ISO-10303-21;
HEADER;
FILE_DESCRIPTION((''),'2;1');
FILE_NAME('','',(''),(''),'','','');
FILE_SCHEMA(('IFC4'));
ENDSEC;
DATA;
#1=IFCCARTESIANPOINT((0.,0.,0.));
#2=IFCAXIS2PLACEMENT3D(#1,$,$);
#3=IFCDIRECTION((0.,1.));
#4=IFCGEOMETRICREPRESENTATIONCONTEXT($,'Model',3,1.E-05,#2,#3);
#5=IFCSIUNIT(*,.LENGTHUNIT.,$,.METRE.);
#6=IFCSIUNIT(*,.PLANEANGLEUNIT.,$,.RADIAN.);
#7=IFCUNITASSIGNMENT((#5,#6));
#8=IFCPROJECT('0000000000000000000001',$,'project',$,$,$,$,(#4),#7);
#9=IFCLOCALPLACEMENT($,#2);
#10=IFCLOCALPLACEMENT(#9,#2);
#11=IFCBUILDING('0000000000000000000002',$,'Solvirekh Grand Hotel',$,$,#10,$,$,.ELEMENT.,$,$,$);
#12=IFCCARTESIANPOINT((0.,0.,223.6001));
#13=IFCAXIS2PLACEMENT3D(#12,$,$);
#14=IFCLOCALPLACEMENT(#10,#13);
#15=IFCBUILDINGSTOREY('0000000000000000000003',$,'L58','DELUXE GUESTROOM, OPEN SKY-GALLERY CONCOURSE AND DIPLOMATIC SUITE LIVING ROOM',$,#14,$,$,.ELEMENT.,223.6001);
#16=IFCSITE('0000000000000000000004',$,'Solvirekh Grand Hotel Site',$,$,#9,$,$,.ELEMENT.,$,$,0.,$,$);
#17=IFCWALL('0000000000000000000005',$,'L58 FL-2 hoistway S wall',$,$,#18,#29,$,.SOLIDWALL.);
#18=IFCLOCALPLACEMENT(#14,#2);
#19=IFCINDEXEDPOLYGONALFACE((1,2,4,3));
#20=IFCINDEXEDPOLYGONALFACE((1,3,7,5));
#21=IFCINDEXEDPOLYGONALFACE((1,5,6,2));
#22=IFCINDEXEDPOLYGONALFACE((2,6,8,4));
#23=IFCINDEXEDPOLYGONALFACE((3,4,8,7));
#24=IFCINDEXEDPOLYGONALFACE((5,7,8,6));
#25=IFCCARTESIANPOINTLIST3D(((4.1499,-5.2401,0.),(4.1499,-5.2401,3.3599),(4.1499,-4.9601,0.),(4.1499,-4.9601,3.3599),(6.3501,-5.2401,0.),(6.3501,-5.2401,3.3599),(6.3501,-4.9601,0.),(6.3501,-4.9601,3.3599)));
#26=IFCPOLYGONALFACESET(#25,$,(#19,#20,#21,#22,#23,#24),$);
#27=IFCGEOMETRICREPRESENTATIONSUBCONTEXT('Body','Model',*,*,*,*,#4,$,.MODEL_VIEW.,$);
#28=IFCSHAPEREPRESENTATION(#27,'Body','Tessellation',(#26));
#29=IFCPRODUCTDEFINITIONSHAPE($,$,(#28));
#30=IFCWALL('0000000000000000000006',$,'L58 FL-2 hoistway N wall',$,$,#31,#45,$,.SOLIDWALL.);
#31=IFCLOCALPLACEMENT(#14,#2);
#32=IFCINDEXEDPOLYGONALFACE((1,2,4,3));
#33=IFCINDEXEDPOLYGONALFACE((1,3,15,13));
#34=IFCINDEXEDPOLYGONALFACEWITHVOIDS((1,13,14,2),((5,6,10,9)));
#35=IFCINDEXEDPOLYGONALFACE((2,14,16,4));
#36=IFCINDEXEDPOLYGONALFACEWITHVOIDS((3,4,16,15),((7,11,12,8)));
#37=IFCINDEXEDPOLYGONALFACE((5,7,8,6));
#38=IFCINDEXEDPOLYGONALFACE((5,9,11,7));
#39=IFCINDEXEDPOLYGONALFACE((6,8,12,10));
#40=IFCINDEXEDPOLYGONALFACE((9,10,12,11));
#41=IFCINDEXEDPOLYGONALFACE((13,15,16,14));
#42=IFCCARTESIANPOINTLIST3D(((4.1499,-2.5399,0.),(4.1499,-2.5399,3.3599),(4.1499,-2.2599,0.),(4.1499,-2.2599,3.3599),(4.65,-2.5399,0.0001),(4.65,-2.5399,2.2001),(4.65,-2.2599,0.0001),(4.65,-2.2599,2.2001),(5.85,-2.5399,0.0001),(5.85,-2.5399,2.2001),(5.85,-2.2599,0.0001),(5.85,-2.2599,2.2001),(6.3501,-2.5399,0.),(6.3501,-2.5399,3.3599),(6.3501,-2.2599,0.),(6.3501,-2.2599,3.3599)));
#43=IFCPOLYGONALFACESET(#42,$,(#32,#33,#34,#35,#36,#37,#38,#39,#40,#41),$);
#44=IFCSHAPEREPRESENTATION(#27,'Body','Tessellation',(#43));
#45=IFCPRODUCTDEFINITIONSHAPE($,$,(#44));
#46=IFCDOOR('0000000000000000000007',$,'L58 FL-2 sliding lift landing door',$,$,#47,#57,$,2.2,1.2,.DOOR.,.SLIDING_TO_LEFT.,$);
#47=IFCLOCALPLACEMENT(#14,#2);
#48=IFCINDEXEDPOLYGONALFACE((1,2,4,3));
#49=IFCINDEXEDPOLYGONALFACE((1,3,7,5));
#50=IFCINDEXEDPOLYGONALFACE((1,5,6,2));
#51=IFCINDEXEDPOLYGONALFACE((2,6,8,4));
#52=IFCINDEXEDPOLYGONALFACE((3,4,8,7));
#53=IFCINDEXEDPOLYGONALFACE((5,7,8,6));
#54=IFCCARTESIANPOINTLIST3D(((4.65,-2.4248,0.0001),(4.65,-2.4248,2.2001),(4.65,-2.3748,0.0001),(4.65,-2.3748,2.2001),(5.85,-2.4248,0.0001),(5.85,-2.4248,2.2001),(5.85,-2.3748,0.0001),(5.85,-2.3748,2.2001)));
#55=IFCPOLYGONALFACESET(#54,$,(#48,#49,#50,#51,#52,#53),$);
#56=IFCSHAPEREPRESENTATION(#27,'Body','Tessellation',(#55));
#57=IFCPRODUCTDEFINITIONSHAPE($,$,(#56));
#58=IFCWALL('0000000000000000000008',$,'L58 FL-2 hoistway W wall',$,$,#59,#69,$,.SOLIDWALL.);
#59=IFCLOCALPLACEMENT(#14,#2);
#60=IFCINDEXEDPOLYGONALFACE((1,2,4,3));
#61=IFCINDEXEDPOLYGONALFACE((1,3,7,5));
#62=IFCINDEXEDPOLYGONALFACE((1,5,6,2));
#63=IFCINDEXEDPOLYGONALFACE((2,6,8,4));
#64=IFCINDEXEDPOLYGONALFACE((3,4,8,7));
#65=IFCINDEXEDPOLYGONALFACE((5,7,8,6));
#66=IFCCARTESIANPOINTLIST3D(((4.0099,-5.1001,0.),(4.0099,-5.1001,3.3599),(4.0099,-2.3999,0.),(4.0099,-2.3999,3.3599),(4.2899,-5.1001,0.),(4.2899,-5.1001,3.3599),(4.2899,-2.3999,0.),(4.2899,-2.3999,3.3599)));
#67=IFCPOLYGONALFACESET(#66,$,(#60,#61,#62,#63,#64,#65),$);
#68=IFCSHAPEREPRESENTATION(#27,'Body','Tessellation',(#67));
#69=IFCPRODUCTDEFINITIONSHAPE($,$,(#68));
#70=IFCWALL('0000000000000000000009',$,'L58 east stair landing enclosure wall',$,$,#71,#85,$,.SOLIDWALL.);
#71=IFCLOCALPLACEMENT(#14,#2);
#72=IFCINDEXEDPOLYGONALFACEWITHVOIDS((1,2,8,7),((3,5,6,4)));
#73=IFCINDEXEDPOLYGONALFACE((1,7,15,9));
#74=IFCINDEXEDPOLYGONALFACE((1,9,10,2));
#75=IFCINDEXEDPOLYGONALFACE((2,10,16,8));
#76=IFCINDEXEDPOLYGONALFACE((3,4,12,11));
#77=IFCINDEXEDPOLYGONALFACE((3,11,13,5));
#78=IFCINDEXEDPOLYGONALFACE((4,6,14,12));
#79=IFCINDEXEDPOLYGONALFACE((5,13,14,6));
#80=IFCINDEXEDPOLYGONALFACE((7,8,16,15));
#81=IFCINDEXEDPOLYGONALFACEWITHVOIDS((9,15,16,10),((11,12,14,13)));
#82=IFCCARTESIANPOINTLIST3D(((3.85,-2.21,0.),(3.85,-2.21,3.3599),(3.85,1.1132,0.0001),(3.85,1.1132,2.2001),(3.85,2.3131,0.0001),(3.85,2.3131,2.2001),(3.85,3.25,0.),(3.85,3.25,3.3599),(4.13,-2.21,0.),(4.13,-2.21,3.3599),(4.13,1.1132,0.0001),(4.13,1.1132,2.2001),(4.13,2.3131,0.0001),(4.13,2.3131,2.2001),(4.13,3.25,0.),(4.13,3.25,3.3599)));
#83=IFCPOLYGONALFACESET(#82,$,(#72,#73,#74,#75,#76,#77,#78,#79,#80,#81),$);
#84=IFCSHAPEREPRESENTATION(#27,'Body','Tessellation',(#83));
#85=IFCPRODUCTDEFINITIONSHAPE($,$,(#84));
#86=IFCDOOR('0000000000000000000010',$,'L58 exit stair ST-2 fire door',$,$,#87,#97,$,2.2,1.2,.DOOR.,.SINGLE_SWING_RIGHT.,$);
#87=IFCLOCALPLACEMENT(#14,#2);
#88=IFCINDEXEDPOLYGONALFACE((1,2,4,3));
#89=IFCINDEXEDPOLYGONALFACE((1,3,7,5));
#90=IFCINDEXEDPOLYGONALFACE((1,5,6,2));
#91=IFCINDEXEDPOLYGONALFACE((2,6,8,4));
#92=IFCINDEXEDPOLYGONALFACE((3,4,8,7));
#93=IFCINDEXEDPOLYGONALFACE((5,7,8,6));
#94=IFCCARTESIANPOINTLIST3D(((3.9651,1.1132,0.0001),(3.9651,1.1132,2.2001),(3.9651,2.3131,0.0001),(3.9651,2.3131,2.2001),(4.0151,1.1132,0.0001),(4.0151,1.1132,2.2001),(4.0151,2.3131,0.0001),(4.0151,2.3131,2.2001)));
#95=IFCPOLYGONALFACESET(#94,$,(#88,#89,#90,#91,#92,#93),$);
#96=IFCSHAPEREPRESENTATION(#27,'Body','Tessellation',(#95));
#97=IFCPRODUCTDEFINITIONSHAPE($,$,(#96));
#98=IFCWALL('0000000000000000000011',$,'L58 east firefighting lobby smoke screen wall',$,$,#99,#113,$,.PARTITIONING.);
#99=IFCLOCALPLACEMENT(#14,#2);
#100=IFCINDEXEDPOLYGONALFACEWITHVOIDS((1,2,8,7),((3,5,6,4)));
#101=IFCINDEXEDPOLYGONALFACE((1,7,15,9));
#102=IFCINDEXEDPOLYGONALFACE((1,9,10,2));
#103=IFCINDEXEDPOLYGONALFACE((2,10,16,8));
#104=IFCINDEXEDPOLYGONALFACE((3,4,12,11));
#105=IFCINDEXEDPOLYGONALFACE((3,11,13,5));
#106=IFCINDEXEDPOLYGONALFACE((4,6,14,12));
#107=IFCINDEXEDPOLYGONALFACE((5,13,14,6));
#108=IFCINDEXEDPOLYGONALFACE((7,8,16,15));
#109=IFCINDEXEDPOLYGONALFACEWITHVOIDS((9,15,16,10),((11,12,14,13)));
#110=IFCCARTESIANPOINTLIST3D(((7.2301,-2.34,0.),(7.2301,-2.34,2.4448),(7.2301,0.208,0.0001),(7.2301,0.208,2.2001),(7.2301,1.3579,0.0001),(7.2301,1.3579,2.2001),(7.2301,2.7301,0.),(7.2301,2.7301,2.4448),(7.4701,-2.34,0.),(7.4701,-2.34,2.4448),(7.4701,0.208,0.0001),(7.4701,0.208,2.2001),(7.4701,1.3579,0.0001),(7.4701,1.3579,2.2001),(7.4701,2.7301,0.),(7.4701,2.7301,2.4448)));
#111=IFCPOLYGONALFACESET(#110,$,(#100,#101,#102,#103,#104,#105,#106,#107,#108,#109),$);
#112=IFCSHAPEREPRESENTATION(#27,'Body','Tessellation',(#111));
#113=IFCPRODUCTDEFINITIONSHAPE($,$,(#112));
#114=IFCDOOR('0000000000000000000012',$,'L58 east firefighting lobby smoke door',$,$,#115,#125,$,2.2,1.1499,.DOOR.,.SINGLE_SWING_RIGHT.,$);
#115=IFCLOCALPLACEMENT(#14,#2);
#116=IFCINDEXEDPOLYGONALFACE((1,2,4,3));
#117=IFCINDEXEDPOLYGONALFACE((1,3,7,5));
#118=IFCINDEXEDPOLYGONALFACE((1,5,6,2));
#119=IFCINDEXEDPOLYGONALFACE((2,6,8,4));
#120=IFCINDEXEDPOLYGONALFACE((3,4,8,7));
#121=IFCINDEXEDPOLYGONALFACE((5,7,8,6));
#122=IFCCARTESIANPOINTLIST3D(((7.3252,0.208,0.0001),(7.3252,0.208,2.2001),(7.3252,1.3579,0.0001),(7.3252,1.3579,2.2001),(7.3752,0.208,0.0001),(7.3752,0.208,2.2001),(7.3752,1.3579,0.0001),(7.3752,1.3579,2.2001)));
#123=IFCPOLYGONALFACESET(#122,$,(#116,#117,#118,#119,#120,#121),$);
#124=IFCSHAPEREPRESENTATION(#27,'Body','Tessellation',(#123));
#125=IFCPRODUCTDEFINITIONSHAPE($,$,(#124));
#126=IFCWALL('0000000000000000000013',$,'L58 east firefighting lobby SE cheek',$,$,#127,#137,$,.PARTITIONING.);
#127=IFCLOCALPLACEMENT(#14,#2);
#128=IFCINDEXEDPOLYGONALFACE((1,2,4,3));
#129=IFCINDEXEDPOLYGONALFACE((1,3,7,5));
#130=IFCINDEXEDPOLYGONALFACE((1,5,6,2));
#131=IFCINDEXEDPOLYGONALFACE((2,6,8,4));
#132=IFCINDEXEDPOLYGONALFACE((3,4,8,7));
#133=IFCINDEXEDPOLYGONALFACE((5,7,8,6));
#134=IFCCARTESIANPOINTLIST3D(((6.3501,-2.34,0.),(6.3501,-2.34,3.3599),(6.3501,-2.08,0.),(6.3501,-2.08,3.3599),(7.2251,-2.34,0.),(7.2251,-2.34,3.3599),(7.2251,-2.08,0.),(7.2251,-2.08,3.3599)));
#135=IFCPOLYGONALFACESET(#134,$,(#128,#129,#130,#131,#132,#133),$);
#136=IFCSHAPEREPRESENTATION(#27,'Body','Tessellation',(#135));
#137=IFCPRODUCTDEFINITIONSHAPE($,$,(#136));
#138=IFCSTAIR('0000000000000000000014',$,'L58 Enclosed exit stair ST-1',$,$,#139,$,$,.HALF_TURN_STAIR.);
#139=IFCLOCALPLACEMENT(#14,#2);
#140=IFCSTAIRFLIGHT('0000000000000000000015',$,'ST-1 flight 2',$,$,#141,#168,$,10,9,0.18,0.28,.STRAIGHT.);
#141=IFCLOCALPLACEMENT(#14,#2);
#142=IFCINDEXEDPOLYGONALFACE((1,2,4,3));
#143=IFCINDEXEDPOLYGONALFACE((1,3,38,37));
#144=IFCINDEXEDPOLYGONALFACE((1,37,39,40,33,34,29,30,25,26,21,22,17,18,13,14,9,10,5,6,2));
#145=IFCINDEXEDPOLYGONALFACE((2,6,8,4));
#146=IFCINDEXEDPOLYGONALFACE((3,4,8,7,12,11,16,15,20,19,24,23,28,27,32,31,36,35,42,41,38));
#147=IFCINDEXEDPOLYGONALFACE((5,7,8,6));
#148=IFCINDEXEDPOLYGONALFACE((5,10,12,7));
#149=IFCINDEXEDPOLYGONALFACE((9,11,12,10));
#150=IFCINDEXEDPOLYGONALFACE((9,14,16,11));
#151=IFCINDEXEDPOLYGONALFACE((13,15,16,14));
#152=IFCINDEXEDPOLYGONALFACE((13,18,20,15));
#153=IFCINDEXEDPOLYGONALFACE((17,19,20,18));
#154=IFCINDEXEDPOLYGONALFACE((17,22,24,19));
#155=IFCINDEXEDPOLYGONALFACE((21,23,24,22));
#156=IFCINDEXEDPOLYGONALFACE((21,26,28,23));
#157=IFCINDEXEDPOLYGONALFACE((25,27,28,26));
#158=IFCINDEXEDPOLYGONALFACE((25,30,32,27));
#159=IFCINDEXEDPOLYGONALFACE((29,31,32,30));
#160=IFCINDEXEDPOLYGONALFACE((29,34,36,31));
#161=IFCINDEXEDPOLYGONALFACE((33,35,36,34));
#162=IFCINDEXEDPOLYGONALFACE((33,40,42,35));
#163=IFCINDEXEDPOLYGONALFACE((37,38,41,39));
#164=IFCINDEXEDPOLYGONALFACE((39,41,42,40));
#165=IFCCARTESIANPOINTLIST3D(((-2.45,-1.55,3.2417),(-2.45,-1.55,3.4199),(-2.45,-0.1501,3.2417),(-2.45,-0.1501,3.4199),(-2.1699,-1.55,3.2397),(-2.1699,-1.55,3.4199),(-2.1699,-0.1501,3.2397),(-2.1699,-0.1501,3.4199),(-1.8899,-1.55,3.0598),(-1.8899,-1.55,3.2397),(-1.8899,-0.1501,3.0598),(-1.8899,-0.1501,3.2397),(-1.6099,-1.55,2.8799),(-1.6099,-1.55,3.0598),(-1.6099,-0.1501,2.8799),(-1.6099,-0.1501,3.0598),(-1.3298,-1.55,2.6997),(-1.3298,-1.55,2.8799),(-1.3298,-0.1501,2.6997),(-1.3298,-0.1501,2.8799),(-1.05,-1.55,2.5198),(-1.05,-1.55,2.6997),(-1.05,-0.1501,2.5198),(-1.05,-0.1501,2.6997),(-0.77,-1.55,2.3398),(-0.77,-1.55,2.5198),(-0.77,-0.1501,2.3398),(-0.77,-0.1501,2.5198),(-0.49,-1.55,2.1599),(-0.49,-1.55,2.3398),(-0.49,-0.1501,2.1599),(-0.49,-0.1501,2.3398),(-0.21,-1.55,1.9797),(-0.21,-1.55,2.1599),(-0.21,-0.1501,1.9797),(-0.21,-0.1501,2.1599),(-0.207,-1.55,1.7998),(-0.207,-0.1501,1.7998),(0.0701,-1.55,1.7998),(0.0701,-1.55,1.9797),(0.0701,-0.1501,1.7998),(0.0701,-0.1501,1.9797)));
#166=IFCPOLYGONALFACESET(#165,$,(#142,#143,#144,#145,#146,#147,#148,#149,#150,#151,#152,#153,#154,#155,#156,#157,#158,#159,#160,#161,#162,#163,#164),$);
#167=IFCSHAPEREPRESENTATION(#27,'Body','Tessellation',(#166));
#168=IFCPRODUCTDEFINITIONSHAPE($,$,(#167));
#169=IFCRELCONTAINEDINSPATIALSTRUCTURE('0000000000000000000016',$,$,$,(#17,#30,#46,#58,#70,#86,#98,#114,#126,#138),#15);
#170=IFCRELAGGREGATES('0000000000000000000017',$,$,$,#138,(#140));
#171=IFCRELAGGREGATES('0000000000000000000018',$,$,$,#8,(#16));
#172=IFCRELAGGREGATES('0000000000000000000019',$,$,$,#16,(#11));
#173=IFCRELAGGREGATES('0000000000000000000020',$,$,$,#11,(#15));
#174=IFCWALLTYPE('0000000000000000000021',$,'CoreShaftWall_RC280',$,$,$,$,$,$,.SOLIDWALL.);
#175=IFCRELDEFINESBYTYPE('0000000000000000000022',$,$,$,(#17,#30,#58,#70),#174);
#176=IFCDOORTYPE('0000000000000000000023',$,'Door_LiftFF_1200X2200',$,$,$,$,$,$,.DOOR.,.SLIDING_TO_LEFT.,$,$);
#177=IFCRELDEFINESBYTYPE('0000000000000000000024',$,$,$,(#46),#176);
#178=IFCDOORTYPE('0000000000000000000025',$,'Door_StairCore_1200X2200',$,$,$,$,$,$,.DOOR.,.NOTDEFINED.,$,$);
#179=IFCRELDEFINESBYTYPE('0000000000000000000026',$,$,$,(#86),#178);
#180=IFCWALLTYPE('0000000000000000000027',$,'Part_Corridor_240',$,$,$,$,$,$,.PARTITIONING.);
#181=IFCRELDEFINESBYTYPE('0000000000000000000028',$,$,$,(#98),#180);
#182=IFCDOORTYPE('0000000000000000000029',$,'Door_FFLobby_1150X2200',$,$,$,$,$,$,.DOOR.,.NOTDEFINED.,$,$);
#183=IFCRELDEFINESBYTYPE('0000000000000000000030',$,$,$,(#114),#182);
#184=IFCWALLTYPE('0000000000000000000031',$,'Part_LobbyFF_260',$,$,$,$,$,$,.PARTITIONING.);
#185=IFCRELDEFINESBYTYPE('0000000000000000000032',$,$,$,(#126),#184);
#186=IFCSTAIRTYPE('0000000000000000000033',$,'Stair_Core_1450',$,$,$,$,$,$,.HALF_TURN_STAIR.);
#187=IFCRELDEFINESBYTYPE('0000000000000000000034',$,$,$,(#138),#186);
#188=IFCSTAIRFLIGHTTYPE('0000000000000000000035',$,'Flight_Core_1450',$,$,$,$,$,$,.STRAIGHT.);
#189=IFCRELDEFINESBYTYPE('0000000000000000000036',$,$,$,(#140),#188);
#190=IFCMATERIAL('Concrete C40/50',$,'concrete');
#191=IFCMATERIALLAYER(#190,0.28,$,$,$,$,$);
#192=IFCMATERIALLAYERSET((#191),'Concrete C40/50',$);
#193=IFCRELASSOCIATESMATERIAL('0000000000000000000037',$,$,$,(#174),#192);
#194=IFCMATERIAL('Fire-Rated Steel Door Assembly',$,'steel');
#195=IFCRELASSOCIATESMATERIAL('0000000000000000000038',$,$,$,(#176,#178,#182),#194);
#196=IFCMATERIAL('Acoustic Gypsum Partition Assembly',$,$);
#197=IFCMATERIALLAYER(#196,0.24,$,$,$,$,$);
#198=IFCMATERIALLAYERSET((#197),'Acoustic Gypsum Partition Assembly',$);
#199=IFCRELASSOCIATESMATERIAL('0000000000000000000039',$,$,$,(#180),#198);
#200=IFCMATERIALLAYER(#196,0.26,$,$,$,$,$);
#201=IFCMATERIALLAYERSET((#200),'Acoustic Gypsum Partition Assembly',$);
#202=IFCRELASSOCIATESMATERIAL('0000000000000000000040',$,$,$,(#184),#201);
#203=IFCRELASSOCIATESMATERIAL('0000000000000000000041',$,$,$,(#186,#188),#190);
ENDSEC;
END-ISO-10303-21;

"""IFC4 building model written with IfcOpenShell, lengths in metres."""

from ifc_helpers import new_model, si_unit, direction, frame, frame_2d, origin, place, context, subcontext, project, spatial, polyline, rectangle, outline, extrude, material, layer, layer_set, type_object, element, fill, aggregate, save


model = new_model("IFC4")

# Units and contexts
model_context = context("Model", 3, precision=1e-05, world=origin(), true_north=direction((0.0, 1.0)))
body_context = subcontext(model_context, "Body", "Model", "MODEL_VIEW")
ifc_project = project(units=[si_unit("LENGTHUNIT", "METRE"), si_unit("PLANEANGLEUNIT", "RADIAN")], contexts=[model_context])

# Site, building, storey
site_placement = place(None, origin())
site = spatial("IfcSite", under=ifc_project, at=site_placement, Name="Solvirekh Grand Hotel Site", CompositionType="ELEMENT", RefElevation=0.0)
building_placement = place(site_placement, origin())
building = spatial("IfcBuilding", under=site, at=building_placement, Name="Solvirekh Grand Hotel", CompositionType="ELEMENT")
storey_placement = place(building_placement, frame((0.0, 0.0, 223.6001)))
storey = spatial("IfcBuildingStorey", under=building, at=storey_placement, Name="L58", Description="DELUXE GUESTROOM, OPEN SKY-GALLERY CONCOURSE AND DIPLOMATIC SUITE LIVING ROOM", CompositionType="ELEMENT", Elevation=223.6001)

# Wall
ifc_material_1 = material(Name="Concrete C40/50", Category="concrete")
ifc_layer_1 = layer(ifc_material_1, 0.28)
ifc_layer_set_1 = layer_set([ifc_layer_1], Name="Concrete C40/50")
wall_type_1 = type_object("IfcWallType", Name="CoreShaftWall_RC280", PredefinedType="SOLIDWALL", material=ifc_layer_set_1)
wall_1_placement = place(storey_placement, frame((4.1499, -5.1001, 0.0), z_axis=(0.0, 0.0, 1.0), x_axis=(1.0, 0.0, 0.0)))
element("IfcWall", 1, at=wall_1_placement, inside=storey, type_object=wall_type_1, Name="L58 FL-2 hoistway S wall", PredefinedType="SOLIDWALL", context=body_context, shape_type="SweptSolid", body=[
    extrude(rectangle(XDim=2.2002, YDim=0.28, at=frame_2d((1.1001, 0.0))), origin(), (0.0, 0.0, 1.0), 3.3599),
])

# Wall, opening, door
wall_2_placement = place(storey_placement, frame((6.3501, -2.3999, 0.0), z_axis=(0.0, 0.0, 1.0), x_axis=(-1.0, 0.0, 0.0)))
wall_2 = element("IfcWall", 2, at=wall_2_placement, inside=storey, type_object=wall_type_1, Name="L58 FL-2 hoistway N wall", PredefinedType="SOLIDWALL", context=body_context, shape_type="SweptSolid", body=[
    extrude(rectangle(XDim=2.2002, YDim=0.28, at=frame_2d((1.1001, 0.0))), origin(), (0.0, 0.0, 1.0), 3.3599),
])
opening_1_placement = place(wall_2_placement, frame((0.5, 0.0, 0.0)))
opening_1 = element("IfcOpeningElement", 3, at=opening_1_placement, cuts=wall_2, PredefinedType="OPENING", context=body_context, shape_type="SweptSolid", body=[
    extrude(rectangle(XDim=1.2, YDim=2.2, at=frame_2d((0.6001, 1.1001))), frame((0.0, 0.1499, 0.0), z_axis=(0.0, -1.0, 0.0), x_axis=(1.0, 0.0, 0.0)), (0.0, 0.0, 1.0), 0.3),
])
ifc_material_2 = material(Name="Fire-Rated Steel Door Assembly", Category="steel")
door_type_1 = type_object("IfcDoorType", Name="Door_LiftFF_1200X2200", OperationType="SLIDING_TO_LEFT", PredefinedType="DOOR", material=ifc_material_2)
door_1_placement = place(opening_1_placement, origin())
door_1 = element("IfcDoor", 4, at=door_1_placement, inside=storey, type_object=door_type_1, Name="L58 FL-2 sliding lift landing door", OperationType="SLIDING_TO_LEFT", OverallHeight=2.2, OverallWidth=1.2, PredefinedType="DOOR", context=body_context, shape_type="SweptSolid", body=[
    extrude(rectangle(XDim=1.2, YDim=2.2, at=frame_2d((0.6001, 1.1001))), frame((0.0, 0.0249, 0.0), z_axis=(0.0, -1.0, 0.0), x_axis=(1.0, 0.0, 0.0)), (0.0, 0.0, 1.0), 0.05),
])
fill(opening_1, door_1)

# Wall
wall_3_placement = place(storey_placement, frame((4.1499, -2.3999, 0.0), z_axis=(0.0, 0.0, 1.0), x_axis=(0.0, -1.0, 0.0)))
element("IfcWall", 5, at=wall_3_placement, inside=storey, type_object=wall_type_1, Name="L58 FL-2 hoistway W wall", PredefinedType="SOLIDWALL", context=body_context, shape_type="SweptSolid", body=[
    extrude(rectangle(XDim=2.7002, YDim=0.28, at=frame_2d((1.3501, 0.0))), origin(), (0.0, 0.0, 1.0), 3.3599),
])

# Walls, openings, doors
wall_4_placement = place(storey_placement, frame((3.99, -2.21, 0.0), z_axis=(0.0, 0.0, 1.0), x_axis=(0.0, 1.0, 0.0)))
wall_4 = element("IfcWall", 6, at=wall_4_placement, inside=storey, type_object=wall_type_1, Name="L58 east stair landing enclosure wall", PredefinedType="SOLIDWALL", context=body_context, shape_type="SweptSolid", body=[
    extrude(rectangle(XDim=5.46, YDim=0.28, at=frame_2d((2.73, 0.0))), origin(), (0.0, 0.0, 1.0), 3.3599),
])
opening_2_placement = place(wall_4_placement, frame((3.323, 0.0, 0.0)))
opening_2 = element("IfcOpeningElement", 7, at=opening_2_placement, cuts=wall_4, PredefinedType="OPENING", context=body_context, shape_type="SweptSolid", body=[
    extrude(rectangle(XDim=1.2, YDim=2.2, at=frame_2d((0.6001, 1.1001))), frame((0.0, 0.1499, 0.0), z_axis=(0.0, -1.0, 0.0), x_axis=(1.0, 0.0, 0.0)), (0.0, 0.0, 1.0), 0.3),
])
door_type_2 = type_object("IfcDoorType", Name="Door_StairCore_1200X2200", OperationType="NOTDEFINED", PredefinedType="DOOR", material=ifc_material_2)
door_2_placement = place(opening_2_placement, origin())
door_2 = element("IfcDoor", 8, at=door_2_placement, inside=storey, type_object=door_type_2, Name="L58 exit stair ST-2 fire door", OperationType="SINGLE_SWING_RIGHT", OverallHeight=2.2, OverallWidth=1.2, PredefinedType="DOOR", context=body_context, shape_type="SweptSolid", body=[
    extrude(rectangle(XDim=1.2, YDim=2.2, at=frame_2d((0.6001, 1.1001))), frame((0.0, 0.0249, 0.0), z_axis=(0.0, -1.0, 0.0), x_axis=(1.0, 0.0, 0.0)), (0.0, 0.0, 1.0), 0.05),
])
fill(opening_2, door_2)
ifc_material_3 = material(Name="Acoustic Gypsum Partition Assembly")
ifc_layer_2 = layer(ifc_material_3, 0.24)
ifc_layer_set_2 = layer_set([ifc_layer_2], Name="Acoustic Gypsum Partition Assembly")
wall_type_2 = type_object("IfcWallType", Name="Part_Corridor_240", PredefinedType="PARTITIONING", material=ifc_layer_set_2)
wall_5_placement = place(storey_placement, frame((7.3501, -2.3401, 0.0), z_axis=(0.0, 0.0, 1.0), x_axis=(0.0, 1.0, 0.0)))
wall_5 = element("IfcWall", 9, at=wall_5_placement, inside=storey, type_object=wall_type_2, Name="L58 east firefighting lobby smoke screen wall", PredefinedType="PARTITIONING", context=body_context, shape_type="SweptSolid", body=[
    extrude(rectangle(XDim=5.0701, YDim=0.24, at=frame_2d((2.5352, 0.0))), origin(), (0.0, 0.0, 1.0), 2.4448),
])
opening_3_placement = place(wall_5_placement, frame((2.5481, 0.0, 0.0)))
opening_3 = element("IfcOpeningElement", 10, at=opening_3_placement, cuts=wall_5, PredefinedType="OPENING", context=body_context, shape_type="SweptSolid", body=[
    extrude(rectangle(XDim=1.1499, YDim=2.2, at=frame_2d((0.575, 1.1001))), frame((0.0, 0.1299, 0.0), z_axis=(0.0, -1.0, 0.0), x_axis=(1.0, 0.0, 0.0)), (0.0, 0.0, 1.0), 0.26),
])
door_type_3 = type_object("IfcDoorType", Name="Door_FFLobby_1150X2200", OperationType="NOTDEFINED", PredefinedType="DOOR", material=ifc_material_2)
door_3_placement = place(opening_3_placement, origin())
door_3 = element("IfcDoor", 11, at=door_3_placement, inside=storey, type_object=door_type_3, Name="L58 east firefighting lobby smoke door", OperationType="SINGLE_SWING_RIGHT", OverallHeight=2.2, OverallWidth=1.1499, PredefinedType="DOOR", context=body_context, shape_type="SweptSolid", body=[
    extrude(rectangle(XDim=1.1499, YDim=2.2, at=frame_2d((0.575, 1.1001))), frame((0.0, 0.0249, 0.0), z_axis=(0.0, -1.0, 0.0), x_axis=(1.0, 0.0, 0.0)), (0.0, 0.0, 1.0), 0.05),
])
fill(opening_3, door_3)

# Wall
ifc_layer_3 = layer(ifc_material_3, 0.26)
ifc_layer_set_3 = layer_set([ifc_layer_3], Name="Acoustic Gypsum Partition Assembly")
wall_type_3 = type_object("IfcWallType", Name="Part_LobbyFF_260", PredefinedType="PARTITIONING", material=ifc_layer_set_3)
wall_6_placement = place(storey_placement, frame((6.3501, -2.21, 0.0), z_axis=(0.0, 0.0, 1.0), x_axis=(1.0, 0.0, 0.0)))
element("IfcWall", 12, at=wall_6_placement, inside=storey, type_object=wall_type_3, Name="L58 east firefighting lobby SE cheek", PredefinedType="PARTITIONING", context=body_context, shape_type="SweptSolid", body=[
    extrude(rectangle(XDim=0.875, YDim=0.26, at=frame_2d((0.4375, 0.0))), origin(), (0.0, 0.0, 1.0), 3.3599),
])

# Stair, stair flight
stair_type = type_object("IfcStairType", Name="Stair_Core_1450", PredefinedType="HALF_TURN_STAIR", material=ifc_material_1)
stair_placement = place(storey_placement, origin())
stair = element("IfcStair", 13, at=stair_placement, inside=storey, type_object=stair_type, Name="L58 Enclosed exit stair ST-1", PredefinedType="HALF_TURN_STAIR")
stair_flight_type = type_object("IfcStairFlightType", Name="Flight_Core_1450", PredefinedType="STRAIGHT", material=ifc_material_1)
stair_flight_placement = place(storey_placement, frame((0.0701, -0.8501, 1.7998), z_axis=(0.0, 0.0, 1.0), x_axis=(-1.0, 0.0, 0.0)))
stair_flight = element("IfcStairFlight", 14, at=stair_flight_placement, type_object=stair_flight_type, Name="ST-1 flight 2", NumberOfRisers=10, NumberOfTreads=9, PredefinedType="STRAIGHT", RiserHeight=0.18, TreadLength=0.28, context=body_context, shape_type="SweptSolid", body=[
    extrude(outline(polyline([(0.0, 0.0), (0.0, 0.1799), (0.28, 0.1799), (0.28, 0.3601), (0.5601, 0.3601), (0.5601, 0.54), (0.8401, 0.54), (0.8401, 0.72), (1.1201, 0.72), (1.1201, 0.8999), (1.3999, 0.8999), (1.3999, 1.0801), (1.6799, 1.0801), (1.6799, 1.26), (1.96, 1.26), (1.96, 1.4399), (2.24, 1.4399), (2.24, 1.6201), (2.52, 1.6201), (2.52, 1.8), (2.52, 1.4419), (0.2771, 0.0), (0.0, 0.0)])), frame((0.0, 0.7, 0.0), z_axis=(0.0, -1.0, 0.0), x_axis=(1.0, 0.0, 0.0)), (0.0, 0.0, 1.0), 1.3999),
])
aggregate(stair, [stair_flight])

save(model, "model.ifc")
